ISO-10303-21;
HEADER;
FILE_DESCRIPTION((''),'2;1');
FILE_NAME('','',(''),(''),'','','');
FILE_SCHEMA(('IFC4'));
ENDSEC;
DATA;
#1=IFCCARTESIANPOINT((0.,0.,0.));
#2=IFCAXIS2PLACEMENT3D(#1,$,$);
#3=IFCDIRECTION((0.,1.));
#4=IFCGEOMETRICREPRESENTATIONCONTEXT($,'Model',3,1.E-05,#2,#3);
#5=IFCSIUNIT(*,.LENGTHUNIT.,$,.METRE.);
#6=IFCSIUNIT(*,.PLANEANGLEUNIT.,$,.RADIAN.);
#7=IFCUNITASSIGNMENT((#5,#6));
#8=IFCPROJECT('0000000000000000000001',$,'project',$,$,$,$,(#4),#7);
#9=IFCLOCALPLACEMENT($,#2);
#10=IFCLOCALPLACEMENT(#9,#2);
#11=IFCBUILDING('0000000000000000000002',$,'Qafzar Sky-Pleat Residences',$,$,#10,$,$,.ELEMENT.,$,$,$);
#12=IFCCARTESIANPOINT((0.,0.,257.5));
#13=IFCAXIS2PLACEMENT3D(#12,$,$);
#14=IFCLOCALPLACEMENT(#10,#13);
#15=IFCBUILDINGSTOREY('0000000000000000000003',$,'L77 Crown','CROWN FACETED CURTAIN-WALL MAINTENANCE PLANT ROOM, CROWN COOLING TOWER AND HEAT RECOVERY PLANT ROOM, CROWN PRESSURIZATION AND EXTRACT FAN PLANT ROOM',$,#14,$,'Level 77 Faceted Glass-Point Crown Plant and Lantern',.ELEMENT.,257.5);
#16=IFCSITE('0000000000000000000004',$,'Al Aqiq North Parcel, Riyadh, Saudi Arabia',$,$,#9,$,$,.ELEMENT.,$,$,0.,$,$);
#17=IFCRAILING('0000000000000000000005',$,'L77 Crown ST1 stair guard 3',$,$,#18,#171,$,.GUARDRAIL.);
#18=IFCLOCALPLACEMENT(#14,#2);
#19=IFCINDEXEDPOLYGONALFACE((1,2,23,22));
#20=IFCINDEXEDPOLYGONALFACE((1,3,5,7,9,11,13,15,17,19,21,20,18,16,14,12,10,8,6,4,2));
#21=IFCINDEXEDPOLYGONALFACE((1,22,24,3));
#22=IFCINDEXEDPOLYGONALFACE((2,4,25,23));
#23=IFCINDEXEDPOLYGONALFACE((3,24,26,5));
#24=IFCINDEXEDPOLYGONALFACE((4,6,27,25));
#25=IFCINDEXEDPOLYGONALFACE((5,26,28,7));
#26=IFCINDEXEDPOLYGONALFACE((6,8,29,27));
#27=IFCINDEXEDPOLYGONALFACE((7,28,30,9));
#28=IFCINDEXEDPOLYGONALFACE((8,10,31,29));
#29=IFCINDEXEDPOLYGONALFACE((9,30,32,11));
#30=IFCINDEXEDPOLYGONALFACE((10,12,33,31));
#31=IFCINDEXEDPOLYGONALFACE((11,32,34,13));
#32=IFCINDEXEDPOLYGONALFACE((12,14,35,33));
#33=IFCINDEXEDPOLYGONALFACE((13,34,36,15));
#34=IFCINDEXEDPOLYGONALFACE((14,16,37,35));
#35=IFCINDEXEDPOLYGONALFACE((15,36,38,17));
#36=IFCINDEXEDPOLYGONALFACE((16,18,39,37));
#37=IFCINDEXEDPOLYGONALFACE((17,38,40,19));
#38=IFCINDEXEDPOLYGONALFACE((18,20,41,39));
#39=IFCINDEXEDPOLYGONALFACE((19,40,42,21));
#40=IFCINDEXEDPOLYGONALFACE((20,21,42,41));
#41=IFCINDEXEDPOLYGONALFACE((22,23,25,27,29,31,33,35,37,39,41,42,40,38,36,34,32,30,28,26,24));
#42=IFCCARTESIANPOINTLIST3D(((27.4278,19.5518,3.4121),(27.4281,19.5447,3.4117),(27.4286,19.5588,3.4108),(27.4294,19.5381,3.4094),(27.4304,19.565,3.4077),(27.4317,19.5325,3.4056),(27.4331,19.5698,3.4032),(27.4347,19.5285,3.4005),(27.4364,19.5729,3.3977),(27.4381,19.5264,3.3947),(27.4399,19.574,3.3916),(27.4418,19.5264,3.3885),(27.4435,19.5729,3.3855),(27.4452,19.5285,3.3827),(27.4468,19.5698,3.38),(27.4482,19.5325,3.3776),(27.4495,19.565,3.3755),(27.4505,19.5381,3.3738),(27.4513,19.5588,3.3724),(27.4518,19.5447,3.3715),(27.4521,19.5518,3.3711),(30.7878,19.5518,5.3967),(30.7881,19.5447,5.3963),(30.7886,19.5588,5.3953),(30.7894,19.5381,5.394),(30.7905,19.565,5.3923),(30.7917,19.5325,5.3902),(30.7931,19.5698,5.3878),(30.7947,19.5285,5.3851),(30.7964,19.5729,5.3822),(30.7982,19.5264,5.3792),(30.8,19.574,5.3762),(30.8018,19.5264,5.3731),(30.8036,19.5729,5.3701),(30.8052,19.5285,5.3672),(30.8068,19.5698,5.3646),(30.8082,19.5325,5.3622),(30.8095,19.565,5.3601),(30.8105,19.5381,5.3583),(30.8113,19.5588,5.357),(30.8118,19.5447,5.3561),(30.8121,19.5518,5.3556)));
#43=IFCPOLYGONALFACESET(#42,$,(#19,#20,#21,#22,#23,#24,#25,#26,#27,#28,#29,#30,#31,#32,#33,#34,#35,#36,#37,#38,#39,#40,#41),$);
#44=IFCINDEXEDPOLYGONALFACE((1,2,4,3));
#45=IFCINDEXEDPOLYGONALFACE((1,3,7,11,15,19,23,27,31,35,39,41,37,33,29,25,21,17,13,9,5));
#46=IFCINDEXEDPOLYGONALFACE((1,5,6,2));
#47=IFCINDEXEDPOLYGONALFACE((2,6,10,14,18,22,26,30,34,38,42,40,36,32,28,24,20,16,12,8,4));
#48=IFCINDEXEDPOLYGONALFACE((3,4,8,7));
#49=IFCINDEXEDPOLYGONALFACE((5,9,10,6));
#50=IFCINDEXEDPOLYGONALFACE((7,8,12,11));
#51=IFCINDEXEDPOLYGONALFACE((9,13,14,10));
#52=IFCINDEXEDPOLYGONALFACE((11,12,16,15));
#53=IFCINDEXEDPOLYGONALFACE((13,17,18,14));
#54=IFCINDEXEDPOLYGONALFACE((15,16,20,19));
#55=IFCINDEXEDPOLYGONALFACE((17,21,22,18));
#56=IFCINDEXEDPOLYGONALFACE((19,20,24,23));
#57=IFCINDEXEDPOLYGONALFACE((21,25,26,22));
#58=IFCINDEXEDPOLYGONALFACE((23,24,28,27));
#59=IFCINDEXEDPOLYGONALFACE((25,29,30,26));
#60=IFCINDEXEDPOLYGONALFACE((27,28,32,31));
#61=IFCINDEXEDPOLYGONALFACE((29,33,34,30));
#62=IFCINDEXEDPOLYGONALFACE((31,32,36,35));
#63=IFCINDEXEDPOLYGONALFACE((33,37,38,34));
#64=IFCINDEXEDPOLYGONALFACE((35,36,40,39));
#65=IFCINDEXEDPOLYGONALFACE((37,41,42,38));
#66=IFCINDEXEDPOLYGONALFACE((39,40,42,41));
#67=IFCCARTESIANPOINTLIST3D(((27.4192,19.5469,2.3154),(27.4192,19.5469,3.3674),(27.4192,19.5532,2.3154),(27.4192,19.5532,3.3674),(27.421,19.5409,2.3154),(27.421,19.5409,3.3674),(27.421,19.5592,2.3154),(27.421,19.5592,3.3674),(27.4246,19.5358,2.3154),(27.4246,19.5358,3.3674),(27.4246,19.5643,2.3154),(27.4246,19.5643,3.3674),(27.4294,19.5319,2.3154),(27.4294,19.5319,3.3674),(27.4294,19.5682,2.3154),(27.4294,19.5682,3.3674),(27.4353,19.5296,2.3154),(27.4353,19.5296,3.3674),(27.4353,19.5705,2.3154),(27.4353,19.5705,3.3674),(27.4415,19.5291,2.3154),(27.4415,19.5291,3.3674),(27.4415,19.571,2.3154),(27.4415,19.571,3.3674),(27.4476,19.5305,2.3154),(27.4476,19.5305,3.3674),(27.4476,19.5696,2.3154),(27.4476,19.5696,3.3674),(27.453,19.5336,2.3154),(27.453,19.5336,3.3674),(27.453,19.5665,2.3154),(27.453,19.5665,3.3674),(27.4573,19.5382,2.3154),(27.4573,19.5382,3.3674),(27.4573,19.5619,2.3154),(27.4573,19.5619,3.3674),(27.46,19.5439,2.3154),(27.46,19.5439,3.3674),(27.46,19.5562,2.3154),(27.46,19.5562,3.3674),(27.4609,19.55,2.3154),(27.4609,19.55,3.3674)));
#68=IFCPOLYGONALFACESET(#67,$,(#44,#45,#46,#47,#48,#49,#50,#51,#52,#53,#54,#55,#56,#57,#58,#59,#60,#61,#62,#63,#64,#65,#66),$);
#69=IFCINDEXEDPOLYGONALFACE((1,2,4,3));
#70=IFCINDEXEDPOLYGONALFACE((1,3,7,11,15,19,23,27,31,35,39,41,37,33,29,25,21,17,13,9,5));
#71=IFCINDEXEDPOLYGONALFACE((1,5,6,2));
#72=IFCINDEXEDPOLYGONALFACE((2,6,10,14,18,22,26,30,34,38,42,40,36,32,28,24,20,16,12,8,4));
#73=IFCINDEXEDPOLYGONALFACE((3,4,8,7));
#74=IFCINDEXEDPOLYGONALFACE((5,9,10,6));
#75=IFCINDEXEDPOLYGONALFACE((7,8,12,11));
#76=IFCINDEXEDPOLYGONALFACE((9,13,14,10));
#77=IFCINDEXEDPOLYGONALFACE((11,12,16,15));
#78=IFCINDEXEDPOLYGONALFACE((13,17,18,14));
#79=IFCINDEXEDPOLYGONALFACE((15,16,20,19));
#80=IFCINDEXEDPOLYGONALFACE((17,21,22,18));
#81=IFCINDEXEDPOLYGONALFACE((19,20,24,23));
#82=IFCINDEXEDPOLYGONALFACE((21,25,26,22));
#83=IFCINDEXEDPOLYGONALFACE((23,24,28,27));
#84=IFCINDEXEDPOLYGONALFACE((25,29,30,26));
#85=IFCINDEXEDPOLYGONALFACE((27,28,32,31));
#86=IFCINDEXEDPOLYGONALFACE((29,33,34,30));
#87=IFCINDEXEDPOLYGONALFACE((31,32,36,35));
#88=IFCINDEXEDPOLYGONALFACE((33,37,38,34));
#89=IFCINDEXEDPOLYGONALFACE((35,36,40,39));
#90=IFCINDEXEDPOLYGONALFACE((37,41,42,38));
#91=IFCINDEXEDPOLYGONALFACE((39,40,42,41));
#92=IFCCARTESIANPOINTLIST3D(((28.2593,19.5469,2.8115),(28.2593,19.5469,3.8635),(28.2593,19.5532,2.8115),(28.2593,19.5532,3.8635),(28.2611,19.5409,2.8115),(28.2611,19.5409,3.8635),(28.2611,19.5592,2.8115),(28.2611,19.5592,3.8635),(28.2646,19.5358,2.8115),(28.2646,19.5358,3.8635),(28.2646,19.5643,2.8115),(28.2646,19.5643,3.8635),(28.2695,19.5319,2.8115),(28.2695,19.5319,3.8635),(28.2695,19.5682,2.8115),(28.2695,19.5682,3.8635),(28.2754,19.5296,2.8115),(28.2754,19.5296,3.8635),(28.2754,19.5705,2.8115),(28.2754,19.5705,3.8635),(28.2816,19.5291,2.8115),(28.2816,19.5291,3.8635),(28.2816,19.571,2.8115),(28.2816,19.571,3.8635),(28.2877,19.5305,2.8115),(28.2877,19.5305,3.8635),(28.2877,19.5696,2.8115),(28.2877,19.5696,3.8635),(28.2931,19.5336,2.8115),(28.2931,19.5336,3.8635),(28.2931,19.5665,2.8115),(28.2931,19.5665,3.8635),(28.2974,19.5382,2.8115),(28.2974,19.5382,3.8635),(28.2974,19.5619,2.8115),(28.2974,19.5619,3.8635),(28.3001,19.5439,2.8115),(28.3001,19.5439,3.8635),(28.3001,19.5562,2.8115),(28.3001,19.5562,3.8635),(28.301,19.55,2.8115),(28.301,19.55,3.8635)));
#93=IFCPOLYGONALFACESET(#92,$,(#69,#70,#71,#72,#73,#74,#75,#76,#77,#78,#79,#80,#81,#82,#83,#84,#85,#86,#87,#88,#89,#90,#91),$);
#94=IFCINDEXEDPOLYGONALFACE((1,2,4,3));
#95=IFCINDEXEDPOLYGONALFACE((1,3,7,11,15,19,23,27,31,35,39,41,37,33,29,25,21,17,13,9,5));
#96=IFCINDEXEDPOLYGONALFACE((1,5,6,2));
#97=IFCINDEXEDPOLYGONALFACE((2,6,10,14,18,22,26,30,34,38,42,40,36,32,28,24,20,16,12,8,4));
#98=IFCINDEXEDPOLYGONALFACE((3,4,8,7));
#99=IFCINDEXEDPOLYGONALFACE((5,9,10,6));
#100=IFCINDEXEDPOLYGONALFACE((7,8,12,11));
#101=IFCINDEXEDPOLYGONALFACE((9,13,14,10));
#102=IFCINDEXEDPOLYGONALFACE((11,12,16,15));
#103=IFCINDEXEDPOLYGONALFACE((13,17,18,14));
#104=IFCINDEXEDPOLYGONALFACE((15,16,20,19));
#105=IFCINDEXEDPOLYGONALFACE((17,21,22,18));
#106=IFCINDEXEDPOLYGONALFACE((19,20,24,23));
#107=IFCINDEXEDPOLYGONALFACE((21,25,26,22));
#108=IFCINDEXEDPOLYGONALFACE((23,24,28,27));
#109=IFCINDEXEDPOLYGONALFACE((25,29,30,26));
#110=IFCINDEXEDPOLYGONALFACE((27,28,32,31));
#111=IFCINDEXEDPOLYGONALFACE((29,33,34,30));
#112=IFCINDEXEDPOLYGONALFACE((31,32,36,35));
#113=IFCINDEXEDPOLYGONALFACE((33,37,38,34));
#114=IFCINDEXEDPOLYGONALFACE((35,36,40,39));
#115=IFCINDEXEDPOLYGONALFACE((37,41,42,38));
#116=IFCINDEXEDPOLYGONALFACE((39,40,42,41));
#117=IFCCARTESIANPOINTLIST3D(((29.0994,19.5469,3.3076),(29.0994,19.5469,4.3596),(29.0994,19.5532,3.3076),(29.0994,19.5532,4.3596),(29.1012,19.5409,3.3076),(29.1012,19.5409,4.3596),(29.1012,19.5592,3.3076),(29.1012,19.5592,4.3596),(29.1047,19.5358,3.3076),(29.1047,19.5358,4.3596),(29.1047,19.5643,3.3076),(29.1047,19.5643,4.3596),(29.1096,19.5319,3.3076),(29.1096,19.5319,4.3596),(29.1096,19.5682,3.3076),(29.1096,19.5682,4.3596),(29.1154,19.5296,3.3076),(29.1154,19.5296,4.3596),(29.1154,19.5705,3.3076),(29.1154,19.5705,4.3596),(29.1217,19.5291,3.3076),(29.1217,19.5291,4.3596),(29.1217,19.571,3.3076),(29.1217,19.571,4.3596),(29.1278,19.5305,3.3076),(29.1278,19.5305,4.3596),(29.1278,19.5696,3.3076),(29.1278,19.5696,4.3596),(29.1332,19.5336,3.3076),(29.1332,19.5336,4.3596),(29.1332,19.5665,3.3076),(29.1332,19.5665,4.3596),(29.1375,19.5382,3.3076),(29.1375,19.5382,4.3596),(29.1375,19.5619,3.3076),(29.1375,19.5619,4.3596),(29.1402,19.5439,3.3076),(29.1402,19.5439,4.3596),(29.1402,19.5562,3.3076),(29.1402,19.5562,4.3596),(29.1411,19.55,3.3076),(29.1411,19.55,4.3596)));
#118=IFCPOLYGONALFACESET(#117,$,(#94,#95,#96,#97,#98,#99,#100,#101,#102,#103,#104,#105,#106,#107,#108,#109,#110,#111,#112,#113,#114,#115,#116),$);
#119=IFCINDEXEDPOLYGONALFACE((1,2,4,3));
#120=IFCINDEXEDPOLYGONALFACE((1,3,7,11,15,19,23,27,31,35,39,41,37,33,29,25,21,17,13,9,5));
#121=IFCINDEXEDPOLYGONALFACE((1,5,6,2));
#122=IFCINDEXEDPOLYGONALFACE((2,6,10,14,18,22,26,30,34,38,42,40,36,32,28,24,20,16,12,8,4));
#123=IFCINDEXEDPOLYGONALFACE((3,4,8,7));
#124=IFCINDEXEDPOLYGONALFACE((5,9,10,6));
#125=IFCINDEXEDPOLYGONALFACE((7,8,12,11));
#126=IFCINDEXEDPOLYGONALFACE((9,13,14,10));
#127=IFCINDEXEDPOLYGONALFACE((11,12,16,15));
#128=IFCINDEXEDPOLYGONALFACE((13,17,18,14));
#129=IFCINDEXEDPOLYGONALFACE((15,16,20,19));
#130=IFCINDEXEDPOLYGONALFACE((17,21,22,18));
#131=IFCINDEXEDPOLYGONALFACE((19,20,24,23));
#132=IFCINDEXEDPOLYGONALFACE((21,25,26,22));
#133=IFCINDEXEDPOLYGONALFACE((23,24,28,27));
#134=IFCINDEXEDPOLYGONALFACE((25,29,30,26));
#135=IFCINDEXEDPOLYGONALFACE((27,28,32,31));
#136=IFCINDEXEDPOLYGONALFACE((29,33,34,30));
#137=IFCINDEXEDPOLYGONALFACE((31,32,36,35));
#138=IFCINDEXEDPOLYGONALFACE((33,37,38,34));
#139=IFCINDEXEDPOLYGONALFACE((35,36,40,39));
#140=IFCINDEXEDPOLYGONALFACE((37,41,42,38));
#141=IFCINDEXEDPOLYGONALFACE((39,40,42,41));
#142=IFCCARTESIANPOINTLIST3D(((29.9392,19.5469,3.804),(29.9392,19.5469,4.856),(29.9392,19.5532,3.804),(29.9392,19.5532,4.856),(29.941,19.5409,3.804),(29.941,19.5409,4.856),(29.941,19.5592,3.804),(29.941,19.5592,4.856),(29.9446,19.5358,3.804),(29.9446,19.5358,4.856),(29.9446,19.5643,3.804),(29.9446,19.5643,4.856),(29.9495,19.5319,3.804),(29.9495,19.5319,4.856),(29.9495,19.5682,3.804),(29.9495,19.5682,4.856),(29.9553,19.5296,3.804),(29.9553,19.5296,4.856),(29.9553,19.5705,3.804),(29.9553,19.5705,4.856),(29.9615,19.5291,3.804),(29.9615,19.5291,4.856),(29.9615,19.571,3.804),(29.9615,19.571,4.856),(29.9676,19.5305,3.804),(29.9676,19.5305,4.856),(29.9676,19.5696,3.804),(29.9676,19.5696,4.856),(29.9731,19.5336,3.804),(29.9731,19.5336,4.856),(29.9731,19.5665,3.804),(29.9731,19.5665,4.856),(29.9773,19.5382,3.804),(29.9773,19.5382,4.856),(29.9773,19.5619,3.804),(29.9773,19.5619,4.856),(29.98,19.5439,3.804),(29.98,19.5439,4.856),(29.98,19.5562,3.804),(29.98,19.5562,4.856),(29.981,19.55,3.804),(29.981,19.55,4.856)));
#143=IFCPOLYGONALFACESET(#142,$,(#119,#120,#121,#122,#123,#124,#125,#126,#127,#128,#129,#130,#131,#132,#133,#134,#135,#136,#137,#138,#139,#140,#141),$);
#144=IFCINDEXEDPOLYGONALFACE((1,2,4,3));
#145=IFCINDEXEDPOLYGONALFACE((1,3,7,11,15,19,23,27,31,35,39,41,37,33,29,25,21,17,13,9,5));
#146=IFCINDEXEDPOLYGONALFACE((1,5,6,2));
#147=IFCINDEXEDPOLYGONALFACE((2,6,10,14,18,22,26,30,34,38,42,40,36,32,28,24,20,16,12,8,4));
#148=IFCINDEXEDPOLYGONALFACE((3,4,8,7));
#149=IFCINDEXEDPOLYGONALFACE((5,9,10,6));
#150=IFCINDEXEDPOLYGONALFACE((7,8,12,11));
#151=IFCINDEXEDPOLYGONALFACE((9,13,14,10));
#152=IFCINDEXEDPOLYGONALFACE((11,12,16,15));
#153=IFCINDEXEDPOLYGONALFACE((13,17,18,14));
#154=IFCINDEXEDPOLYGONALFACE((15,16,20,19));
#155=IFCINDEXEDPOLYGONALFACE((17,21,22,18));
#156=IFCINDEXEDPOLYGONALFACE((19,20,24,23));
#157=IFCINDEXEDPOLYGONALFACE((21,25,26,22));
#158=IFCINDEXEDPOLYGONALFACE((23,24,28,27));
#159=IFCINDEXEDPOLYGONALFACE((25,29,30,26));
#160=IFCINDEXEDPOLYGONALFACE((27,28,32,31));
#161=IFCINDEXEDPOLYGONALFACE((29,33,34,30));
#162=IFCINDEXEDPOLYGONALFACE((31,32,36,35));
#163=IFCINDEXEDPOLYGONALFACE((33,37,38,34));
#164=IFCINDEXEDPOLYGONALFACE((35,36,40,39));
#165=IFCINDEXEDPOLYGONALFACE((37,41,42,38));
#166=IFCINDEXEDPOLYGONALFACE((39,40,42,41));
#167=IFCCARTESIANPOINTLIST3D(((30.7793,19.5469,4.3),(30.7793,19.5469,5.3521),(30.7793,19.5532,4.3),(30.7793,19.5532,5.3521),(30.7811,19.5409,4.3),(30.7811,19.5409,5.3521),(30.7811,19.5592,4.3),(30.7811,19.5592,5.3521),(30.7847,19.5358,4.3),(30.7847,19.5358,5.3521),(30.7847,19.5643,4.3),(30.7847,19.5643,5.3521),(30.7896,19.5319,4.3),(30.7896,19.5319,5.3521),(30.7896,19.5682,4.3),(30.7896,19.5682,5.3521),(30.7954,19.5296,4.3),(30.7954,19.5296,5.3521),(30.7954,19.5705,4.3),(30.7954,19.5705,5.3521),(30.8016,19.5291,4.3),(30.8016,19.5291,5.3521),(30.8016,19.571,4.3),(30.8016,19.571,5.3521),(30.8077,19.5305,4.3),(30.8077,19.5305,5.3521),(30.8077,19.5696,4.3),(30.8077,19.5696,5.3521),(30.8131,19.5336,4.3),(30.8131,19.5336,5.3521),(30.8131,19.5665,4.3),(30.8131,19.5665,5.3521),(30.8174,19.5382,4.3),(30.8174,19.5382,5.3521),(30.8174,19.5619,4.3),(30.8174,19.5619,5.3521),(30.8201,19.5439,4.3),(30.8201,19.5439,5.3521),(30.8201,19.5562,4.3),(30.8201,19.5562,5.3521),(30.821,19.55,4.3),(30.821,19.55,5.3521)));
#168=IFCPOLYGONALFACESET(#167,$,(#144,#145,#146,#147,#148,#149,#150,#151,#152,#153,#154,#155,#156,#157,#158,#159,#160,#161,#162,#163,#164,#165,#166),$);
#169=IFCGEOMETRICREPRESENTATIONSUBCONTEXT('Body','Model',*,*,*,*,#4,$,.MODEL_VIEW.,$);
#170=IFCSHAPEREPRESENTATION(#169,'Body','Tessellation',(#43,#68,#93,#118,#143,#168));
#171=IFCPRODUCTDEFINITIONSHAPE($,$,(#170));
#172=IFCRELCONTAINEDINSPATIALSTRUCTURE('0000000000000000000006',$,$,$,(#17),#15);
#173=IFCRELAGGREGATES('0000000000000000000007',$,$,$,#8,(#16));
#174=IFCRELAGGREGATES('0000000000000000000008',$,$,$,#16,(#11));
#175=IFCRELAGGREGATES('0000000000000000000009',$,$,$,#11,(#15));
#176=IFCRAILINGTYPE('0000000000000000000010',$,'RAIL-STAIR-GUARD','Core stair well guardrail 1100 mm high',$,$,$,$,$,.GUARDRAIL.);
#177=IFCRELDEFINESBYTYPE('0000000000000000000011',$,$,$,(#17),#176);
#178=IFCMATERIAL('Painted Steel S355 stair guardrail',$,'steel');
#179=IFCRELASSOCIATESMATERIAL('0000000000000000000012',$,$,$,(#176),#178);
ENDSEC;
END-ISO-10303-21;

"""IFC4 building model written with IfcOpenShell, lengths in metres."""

from ifc_helpers import new_model, si_unit, direction, frame, origin, origin_2d, place, context, subcontext, project, spatial, circle, extrude, source, transform, mapped, material, type_object, element, save


model = new_model("IFC4")

# Units and contexts
model_context = context("Model", 3, precision=1e-05, world=origin(), true_north=direction((0.0, 1.0)))
body_context = subcontext(model_context, "Body", "Model", "MODEL_VIEW")
ifc_project = project(units=[si_unit("LENGTHUNIT", "METRE"), si_unit("PLANEANGLEUNIT", "RADIAN")], contexts=[model_context])

# Site, building, storey
site_placement = place(None, origin())
site = spatial("IfcSite", under=ifc_project, at=site_placement, Name="Al Aqiq North Parcel, Riyadh, Saudi Arabia", CompositionType="ELEMENT", RefElevation=0.0)
building_placement = place(site_placement, origin())
building = spatial("IfcBuilding", under=site, at=building_placement, Name="Qafzar Sky-Pleat Residences", CompositionType="ELEMENT")
storey_placement = place(building_placement, frame((0.0, 0.0, 257.5)))
storey = spatial("IfcBuildingStorey", under=building, at=storey_placement, Name="L77 Crown", Description="CROWN FACETED CURTAIN-WALL MAINTENANCE PLANT ROOM, CROWN COOLING TOWER AND HEAT RECOVERY PLANT ROOM, CROWN PRESSURIZATION AND EXTRACT FAN PLANT ROOM", LongName="Level 77 Faceted Glass-Point Crown Plant and Lantern", CompositionType="ELEMENT", Elevation=257.5)

# Railing
ifc_material_1 = material(Name="Painted Steel S355 stair guardrail", Category="steel")
railing_type_1 = type_object("IfcRailingType", Name="RAIL-STAIR-GUARD", Description="Core stair well guardrail 1100 mm high", PredefinedType="GUARDRAIL", material=ifc_material_1)
shared_shape_1 = source(origin(), body_context, "Body", "SweptSolid", [
    extrude(circle(Radius=0.0239, at=origin_2d()), frame((0.0, 0.0, 1.0762), z_axis=(0.861027, 0.0, 0.508559), x_axis=(0.0, 1.0, 0.0)), (0.0, 0.0, 1.0), 3.9023),
    extrude(circle(Radius=0.021, at=origin_2d()), origin(), (0.0, 0.0, 1.0), 1.052),
    extrude(circle(Radius=0.021, at=origin_2d()), frame((0.8401, 0.0, 0.4961)), (0.0, 0.0, 1.0), 1.052),
    extrude(circle(Radius=0.021, at=origin_2d()), frame((1.6802, 0.0, 0.9922)), (0.0, 0.0, 1.0), 1.052),
    extrude(circle(Radius=0.021, at=origin_2d()), frame((2.52, 0.0, 1.4885)), (0.0, 0.0, 1.0), 1.052),
    extrude(circle(Radius=0.021, at=origin_2d()), frame((3.3601, 0.0, 1.9846)), (0.0, 0.0, 1.0), 1.052),
])
railing_1_placement = place(storey_placement, frame((27.4399, 19.55, 2.3154)))
element("IfcRailing", 1, at=railing_1_placement, inside=storey, type_object=railing_type_1, Name="L77 Crown ST1 stair guard 3", PredefinedType="GUARDRAIL", context=body_context, shape_type="MappedRepresentation", body=[
    mapped(shared_shape_1, transform((0.0, 0.0, 0.0), x_axis=(1.0, 0.0, 0.0), y_axis=(0.0, 1.0, 0.0), z_axis=(0.0, 0.0, 1.0), scale=1.0)),
])

save(model, "model.ifc")
